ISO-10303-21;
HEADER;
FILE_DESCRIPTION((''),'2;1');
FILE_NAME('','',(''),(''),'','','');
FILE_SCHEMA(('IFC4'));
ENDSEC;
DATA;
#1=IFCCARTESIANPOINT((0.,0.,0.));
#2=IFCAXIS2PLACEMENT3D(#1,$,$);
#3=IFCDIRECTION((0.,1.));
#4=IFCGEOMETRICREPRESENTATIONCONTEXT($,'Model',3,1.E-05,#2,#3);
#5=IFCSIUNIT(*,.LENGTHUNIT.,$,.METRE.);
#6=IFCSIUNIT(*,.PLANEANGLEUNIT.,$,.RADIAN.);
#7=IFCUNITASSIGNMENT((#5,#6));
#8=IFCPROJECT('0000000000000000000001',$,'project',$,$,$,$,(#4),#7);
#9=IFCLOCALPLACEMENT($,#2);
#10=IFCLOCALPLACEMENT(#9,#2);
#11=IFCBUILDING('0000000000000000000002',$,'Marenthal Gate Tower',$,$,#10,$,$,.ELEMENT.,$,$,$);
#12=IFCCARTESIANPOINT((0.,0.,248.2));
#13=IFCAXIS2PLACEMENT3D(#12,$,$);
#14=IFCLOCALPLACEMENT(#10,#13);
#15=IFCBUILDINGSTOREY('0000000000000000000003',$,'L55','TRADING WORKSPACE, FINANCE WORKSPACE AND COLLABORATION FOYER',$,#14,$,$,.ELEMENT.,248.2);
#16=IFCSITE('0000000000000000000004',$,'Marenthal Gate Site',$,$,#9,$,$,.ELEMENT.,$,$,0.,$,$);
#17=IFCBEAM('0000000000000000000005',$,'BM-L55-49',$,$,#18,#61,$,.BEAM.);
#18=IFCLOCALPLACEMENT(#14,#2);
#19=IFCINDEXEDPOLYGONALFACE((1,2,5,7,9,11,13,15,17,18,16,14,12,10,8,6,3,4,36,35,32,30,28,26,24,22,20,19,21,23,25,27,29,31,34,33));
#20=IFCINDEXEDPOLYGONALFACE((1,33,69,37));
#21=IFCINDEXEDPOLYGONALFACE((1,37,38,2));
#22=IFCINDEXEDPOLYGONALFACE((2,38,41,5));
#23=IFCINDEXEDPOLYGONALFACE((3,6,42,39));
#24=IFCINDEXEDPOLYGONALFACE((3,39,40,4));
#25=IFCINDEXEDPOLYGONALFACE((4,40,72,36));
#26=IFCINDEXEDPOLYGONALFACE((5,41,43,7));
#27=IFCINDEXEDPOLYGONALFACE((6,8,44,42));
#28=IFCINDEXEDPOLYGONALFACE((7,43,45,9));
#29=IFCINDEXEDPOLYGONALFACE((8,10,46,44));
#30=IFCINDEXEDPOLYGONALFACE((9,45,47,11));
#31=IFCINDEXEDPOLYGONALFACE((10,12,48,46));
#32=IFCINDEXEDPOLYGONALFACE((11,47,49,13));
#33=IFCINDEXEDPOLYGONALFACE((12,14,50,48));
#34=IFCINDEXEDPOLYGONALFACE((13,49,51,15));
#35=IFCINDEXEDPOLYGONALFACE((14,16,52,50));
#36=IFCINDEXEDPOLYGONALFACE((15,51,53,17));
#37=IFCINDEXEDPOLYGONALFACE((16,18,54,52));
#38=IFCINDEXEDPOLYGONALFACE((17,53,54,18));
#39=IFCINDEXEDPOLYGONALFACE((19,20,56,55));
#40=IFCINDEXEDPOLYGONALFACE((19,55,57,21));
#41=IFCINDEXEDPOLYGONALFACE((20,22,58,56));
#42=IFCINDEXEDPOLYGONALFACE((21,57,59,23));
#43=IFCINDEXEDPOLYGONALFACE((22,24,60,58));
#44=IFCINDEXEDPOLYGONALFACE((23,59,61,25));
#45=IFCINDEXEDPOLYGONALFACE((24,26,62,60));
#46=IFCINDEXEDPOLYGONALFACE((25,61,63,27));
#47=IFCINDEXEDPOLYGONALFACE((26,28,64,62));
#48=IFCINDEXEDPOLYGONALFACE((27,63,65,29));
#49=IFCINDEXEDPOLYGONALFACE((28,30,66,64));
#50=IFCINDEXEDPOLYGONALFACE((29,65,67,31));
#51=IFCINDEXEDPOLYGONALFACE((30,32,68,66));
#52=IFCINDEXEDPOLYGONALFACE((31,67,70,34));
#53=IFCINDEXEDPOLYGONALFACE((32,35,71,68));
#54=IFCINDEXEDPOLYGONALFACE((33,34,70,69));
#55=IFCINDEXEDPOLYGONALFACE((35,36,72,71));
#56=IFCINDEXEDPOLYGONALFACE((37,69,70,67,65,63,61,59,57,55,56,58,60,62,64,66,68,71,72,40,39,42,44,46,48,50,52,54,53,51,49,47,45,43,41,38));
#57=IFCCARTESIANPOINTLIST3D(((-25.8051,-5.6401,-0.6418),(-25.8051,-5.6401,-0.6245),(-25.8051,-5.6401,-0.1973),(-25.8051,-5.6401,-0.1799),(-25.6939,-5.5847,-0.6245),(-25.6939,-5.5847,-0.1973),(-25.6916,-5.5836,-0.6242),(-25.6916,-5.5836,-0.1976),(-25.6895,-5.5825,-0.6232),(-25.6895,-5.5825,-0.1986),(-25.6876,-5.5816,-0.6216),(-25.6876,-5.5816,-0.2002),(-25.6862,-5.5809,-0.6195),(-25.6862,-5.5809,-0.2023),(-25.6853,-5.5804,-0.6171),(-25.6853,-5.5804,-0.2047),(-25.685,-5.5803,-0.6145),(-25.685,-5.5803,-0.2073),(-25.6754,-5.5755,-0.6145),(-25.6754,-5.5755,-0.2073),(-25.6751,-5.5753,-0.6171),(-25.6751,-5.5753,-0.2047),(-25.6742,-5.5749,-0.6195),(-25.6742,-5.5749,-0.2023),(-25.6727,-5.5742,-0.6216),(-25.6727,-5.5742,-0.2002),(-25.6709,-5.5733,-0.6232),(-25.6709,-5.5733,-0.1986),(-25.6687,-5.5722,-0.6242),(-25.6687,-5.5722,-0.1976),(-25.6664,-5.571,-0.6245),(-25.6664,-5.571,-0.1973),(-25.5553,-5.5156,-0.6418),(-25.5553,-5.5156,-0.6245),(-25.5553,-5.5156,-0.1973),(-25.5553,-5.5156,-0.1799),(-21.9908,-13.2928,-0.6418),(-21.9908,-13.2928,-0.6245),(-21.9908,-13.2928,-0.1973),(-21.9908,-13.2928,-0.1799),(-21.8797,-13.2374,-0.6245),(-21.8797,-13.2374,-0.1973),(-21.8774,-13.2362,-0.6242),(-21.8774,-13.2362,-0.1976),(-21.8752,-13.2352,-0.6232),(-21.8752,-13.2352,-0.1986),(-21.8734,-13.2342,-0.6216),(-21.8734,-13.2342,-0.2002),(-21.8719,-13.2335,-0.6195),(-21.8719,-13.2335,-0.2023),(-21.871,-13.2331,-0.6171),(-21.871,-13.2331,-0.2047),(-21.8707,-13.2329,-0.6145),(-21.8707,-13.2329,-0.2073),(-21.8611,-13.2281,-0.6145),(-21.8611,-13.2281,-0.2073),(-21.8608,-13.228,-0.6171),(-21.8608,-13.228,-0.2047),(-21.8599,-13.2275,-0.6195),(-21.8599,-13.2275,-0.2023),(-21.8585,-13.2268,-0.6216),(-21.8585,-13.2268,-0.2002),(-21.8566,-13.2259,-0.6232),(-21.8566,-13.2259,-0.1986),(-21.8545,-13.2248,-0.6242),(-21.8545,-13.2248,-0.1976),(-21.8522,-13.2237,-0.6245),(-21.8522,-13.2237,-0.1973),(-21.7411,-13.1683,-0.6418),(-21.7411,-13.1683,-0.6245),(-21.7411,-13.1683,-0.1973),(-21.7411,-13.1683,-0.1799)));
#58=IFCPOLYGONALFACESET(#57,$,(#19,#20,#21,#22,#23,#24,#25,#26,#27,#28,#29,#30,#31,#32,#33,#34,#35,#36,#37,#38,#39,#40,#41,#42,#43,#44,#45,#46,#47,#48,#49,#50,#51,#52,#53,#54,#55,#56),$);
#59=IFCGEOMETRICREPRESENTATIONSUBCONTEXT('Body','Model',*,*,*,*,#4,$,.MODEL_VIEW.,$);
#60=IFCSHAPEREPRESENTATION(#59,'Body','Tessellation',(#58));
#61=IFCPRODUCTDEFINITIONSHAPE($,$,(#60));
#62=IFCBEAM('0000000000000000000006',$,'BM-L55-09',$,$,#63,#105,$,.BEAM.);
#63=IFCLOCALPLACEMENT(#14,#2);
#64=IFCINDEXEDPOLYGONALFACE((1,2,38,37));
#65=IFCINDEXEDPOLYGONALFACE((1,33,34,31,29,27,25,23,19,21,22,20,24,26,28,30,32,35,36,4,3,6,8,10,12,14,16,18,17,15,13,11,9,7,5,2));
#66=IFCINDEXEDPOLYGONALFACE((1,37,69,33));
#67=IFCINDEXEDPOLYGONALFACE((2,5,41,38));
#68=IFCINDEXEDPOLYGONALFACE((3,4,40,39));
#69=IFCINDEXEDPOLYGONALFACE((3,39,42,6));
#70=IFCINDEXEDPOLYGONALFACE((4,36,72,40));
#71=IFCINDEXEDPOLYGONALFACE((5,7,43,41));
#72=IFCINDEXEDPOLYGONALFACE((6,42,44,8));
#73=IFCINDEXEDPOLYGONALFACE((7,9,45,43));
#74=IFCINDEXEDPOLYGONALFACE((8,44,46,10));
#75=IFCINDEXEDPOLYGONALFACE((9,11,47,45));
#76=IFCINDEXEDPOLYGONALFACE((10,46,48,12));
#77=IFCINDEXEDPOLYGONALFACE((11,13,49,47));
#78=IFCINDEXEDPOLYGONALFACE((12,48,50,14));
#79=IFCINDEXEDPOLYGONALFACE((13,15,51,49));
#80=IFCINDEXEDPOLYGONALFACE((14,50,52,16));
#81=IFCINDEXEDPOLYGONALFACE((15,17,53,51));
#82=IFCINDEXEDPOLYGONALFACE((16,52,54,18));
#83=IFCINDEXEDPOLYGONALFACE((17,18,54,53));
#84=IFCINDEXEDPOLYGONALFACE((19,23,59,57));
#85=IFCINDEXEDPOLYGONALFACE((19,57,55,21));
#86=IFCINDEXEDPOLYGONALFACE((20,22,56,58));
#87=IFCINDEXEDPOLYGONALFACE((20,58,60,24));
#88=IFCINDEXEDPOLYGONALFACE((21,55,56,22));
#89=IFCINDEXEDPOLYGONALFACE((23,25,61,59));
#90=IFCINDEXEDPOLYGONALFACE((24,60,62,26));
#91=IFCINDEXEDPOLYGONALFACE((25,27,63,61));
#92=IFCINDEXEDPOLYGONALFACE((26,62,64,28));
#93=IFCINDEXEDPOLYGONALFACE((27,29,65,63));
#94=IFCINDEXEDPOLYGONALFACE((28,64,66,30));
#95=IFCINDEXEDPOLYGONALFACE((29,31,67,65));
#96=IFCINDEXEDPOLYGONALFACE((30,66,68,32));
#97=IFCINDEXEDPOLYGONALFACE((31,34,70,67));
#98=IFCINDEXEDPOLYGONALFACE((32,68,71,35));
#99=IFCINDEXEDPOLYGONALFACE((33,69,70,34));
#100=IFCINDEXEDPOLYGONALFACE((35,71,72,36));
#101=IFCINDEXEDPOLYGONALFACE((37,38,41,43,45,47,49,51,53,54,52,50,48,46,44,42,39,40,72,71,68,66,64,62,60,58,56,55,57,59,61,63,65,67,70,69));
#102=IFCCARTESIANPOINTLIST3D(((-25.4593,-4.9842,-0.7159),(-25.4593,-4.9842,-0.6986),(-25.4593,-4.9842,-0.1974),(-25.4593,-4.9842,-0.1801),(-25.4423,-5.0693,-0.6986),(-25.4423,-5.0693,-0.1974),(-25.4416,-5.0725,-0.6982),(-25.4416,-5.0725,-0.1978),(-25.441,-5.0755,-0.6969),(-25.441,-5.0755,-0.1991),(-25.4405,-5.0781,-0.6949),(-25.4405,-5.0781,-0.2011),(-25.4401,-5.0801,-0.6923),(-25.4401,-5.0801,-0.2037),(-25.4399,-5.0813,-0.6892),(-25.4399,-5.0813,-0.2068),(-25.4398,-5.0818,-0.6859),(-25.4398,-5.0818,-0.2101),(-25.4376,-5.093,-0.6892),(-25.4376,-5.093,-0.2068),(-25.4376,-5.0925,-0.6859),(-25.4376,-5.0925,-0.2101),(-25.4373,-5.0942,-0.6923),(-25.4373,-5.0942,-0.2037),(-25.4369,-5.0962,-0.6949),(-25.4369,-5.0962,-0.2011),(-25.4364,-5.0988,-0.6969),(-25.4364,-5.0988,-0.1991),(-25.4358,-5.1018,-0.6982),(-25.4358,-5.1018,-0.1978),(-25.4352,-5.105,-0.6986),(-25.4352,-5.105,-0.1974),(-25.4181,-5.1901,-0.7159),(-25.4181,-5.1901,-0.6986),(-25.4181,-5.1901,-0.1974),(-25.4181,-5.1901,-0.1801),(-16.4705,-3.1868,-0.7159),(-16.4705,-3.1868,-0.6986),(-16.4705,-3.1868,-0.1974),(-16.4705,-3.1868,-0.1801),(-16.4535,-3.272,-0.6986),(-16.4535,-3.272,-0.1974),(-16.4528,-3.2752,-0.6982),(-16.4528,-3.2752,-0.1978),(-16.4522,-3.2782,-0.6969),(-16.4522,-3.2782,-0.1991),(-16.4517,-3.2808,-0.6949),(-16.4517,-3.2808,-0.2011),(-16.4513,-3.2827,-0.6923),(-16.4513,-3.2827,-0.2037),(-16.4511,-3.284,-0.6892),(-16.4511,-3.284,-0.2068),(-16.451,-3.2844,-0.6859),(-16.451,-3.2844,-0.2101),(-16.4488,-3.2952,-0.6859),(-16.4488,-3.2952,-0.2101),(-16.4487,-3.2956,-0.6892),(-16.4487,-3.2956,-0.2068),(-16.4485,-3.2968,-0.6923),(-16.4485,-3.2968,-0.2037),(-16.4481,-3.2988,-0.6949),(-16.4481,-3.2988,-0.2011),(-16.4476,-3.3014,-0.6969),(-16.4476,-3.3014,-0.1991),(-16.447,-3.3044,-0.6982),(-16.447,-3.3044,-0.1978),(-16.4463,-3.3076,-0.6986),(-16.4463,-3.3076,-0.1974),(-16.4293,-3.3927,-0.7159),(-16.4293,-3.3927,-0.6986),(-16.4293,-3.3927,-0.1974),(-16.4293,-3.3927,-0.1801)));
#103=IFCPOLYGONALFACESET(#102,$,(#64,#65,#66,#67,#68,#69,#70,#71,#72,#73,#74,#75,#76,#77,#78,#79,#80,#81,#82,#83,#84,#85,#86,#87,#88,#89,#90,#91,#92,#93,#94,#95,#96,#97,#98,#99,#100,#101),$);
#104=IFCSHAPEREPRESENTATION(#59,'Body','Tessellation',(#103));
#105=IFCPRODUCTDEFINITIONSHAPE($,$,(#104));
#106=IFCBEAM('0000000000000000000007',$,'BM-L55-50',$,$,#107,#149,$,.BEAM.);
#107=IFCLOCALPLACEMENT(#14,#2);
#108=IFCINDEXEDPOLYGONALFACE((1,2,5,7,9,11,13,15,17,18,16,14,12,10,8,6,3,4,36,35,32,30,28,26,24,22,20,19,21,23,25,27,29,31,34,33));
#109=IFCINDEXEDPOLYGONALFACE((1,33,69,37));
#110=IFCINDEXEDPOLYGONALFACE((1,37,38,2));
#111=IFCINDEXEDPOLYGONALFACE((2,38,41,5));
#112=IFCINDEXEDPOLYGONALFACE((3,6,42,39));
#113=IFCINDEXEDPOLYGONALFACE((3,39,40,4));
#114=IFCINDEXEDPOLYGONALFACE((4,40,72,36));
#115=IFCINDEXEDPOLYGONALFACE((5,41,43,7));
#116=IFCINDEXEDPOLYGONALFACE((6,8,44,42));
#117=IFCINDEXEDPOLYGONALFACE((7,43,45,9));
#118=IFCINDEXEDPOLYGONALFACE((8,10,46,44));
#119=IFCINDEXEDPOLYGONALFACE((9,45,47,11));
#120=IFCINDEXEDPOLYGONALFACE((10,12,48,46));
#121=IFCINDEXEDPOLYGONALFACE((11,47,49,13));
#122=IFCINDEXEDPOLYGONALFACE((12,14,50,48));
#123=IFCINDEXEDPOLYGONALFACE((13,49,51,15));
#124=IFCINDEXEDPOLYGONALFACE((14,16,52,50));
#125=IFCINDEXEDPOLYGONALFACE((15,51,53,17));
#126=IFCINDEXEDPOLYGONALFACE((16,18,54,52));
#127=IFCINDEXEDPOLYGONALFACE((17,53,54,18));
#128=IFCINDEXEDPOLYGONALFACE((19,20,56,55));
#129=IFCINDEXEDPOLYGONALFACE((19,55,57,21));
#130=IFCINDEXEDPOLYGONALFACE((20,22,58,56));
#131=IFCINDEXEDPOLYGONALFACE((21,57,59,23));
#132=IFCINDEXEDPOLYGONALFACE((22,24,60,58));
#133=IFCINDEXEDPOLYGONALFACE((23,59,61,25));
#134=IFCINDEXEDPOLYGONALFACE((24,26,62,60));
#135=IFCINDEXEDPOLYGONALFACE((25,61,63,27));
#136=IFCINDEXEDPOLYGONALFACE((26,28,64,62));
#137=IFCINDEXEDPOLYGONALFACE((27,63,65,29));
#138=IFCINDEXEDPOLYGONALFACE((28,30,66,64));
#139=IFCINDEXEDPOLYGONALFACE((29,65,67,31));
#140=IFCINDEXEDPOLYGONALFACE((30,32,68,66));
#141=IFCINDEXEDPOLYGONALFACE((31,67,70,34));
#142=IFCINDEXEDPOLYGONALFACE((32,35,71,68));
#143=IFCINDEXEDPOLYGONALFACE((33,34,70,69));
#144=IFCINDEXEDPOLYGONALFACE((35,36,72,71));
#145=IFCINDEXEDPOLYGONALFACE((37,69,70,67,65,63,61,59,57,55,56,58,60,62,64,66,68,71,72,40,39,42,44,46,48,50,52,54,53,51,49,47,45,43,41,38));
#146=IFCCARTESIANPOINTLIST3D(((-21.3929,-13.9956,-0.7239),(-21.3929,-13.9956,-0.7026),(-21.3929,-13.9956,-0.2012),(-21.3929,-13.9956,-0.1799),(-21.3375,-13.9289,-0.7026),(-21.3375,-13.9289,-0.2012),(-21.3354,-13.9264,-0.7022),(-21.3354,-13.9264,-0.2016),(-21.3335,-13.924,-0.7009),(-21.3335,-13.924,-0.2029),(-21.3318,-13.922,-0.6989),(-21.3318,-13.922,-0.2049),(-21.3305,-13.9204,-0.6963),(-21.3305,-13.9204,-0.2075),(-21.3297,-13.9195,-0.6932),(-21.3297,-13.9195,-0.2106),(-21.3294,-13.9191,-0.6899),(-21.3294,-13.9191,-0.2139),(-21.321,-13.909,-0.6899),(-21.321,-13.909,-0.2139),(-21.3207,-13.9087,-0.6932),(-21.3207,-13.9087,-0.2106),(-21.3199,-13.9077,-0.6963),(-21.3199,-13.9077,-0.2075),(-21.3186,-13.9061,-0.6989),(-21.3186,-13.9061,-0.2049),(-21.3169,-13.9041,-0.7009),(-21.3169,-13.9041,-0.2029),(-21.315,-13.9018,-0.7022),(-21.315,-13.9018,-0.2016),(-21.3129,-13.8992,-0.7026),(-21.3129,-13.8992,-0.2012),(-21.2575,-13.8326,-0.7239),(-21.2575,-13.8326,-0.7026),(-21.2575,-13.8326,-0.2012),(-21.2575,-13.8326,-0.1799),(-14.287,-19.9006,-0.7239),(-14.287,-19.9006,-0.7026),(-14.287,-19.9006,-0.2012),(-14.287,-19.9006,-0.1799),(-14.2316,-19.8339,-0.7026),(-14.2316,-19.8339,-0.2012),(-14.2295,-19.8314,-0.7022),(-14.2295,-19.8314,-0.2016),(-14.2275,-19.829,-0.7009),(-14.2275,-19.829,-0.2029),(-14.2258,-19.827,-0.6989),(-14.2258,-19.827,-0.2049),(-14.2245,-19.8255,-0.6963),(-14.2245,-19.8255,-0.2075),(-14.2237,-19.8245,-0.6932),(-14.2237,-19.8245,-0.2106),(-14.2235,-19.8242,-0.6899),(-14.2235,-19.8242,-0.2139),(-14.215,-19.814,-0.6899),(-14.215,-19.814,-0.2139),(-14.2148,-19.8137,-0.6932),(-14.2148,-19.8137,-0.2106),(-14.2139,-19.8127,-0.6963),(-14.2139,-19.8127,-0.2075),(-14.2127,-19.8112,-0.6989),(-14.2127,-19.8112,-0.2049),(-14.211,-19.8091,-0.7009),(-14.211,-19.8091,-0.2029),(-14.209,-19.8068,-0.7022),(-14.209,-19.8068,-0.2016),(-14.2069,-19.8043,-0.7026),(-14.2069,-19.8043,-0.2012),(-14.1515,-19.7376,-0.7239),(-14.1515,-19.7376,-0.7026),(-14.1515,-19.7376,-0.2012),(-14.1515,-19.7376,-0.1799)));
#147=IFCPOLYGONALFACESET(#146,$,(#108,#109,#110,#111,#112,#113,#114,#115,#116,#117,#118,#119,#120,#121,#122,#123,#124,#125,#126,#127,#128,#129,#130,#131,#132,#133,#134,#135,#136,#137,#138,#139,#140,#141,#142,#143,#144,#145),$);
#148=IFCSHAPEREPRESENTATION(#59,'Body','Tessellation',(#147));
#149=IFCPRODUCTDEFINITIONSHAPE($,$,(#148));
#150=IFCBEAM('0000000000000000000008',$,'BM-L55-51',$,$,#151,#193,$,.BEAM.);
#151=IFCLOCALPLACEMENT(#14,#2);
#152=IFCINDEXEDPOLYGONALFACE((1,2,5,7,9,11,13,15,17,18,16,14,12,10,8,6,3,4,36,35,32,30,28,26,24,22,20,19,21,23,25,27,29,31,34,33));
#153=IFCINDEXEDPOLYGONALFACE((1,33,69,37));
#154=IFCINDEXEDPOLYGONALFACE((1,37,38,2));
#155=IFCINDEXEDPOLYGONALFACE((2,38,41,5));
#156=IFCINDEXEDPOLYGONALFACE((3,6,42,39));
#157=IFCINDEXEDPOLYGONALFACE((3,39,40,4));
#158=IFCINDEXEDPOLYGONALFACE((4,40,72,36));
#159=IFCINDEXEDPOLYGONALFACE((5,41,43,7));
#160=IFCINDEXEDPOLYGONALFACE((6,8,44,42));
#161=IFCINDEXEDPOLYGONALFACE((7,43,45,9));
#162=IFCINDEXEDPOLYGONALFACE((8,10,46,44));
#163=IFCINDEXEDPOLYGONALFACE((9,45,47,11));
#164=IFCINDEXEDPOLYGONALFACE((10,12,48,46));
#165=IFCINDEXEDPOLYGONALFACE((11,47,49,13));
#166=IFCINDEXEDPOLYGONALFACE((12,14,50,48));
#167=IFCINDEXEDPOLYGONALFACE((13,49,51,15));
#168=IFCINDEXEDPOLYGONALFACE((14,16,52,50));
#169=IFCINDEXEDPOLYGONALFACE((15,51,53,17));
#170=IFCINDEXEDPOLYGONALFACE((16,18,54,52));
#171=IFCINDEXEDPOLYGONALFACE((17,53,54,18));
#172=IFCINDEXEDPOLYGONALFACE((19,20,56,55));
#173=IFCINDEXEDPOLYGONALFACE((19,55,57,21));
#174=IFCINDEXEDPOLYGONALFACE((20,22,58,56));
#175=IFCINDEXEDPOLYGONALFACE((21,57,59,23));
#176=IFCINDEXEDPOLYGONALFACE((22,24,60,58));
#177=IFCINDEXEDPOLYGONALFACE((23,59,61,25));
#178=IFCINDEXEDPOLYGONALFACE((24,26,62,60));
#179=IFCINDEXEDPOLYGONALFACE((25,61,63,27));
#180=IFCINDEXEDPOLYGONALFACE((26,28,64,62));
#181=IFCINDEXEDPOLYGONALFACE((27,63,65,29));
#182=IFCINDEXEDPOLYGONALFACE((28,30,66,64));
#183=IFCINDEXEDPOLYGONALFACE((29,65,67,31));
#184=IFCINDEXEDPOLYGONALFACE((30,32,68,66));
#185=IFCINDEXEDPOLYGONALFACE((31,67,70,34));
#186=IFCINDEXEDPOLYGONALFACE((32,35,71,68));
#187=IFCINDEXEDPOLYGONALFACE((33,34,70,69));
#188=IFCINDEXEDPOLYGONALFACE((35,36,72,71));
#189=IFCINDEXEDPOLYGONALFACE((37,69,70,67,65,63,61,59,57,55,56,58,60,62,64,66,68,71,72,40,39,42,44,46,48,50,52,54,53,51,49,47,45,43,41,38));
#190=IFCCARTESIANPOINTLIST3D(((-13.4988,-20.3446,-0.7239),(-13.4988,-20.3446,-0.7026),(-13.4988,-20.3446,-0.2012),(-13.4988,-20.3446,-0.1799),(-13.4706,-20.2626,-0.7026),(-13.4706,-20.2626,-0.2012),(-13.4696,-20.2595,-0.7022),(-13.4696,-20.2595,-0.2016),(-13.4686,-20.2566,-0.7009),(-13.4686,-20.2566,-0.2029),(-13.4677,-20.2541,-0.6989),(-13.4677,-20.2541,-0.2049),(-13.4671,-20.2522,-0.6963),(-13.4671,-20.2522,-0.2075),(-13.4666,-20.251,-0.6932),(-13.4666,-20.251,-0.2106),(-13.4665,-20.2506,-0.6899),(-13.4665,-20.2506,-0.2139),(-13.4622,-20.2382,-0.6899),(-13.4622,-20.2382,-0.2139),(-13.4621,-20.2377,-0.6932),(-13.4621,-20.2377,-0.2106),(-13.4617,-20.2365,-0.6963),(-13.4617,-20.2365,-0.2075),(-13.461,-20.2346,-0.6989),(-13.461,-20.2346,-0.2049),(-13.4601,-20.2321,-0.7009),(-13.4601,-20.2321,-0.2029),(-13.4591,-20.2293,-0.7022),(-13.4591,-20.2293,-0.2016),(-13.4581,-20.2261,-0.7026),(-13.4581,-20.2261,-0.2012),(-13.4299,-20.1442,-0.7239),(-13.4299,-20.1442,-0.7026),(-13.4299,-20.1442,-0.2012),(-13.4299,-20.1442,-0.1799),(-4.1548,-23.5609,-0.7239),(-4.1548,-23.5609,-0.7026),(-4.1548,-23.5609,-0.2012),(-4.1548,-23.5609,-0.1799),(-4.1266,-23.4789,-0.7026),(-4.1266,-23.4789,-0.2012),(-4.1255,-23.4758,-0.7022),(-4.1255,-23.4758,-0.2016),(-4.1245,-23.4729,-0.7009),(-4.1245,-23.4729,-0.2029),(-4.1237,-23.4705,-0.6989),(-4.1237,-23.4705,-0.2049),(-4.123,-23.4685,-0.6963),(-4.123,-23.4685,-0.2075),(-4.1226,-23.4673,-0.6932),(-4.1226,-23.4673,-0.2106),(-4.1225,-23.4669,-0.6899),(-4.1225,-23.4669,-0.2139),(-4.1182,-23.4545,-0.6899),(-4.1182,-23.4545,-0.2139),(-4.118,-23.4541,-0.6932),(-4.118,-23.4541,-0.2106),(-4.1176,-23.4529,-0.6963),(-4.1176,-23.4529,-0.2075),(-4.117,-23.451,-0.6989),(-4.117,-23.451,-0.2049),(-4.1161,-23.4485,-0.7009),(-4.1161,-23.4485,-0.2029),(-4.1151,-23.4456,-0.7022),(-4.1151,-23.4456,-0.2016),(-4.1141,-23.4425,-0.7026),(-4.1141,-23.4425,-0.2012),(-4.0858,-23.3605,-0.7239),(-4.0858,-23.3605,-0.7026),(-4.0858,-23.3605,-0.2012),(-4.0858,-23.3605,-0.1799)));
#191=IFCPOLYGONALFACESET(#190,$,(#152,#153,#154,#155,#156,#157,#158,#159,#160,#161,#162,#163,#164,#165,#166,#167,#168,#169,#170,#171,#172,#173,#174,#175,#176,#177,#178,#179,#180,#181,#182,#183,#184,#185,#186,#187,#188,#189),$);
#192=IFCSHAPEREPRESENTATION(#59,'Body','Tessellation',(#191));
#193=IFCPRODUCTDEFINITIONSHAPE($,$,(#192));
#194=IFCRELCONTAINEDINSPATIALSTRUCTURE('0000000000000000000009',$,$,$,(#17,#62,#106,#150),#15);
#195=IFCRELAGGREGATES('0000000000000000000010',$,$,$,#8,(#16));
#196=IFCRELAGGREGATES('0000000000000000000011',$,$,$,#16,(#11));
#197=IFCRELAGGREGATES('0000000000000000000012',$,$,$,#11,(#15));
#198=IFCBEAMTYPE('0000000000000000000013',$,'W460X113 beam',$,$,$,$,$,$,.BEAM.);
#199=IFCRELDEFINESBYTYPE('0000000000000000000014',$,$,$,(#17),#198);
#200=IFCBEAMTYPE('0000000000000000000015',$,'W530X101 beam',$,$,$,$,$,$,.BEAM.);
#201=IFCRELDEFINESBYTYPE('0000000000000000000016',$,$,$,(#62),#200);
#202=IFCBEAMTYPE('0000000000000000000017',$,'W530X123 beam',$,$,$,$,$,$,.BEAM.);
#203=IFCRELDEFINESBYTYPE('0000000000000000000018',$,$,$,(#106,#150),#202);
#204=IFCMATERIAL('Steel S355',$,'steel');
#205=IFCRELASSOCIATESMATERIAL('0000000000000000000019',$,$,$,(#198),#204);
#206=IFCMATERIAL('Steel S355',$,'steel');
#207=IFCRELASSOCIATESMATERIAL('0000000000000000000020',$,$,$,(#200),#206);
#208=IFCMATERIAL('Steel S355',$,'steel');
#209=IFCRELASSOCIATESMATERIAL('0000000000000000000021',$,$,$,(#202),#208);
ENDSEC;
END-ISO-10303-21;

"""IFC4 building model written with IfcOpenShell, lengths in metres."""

from ifc_helpers import new_model, si_unit, direction, frame, origin, origin_2d, place, context, subcontext, project, spatial, i_section, extrude, material, material_profile, profile_set, type_object, element, save


model = new_model("IFC4")

# Units and contexts
model_context = context("Model", 3, precision=1e-05, world=origin(), true_north=direction((0.0, 1.0)))
body_context = subcontext(model_context, "Body", "Model", "MODEL_VIEW")
ifc_project = project(units=[si_unit("LENGTHUNIT", "METRE"), si_unit("PLANEANGLEUNIT", "RADIAN")], contexts=[model_context])

# Site, building, storey
site_placement = place(None, origin())
site = spatial("IfcSite", under=ifc_project, at=site_placement, Name="Marenthal Gate Site", CompositionType="ELEMENT", RefElevation=0.0)
building_placement = place(site_placement, origin())
building = spatial("IfcBuilding", under=site, at=building_placement, Name="Marenthal Gate Tower", CompositionType="ELEMENT")
storey_placement = place(building_placement, frame((0.0, 0.0, 248.2)))
storey = spatial("IfcBuildingStorey", under=building, at=storey_placement, Name="L55", Description="TRADING WORKSPACE, FINANCE WORKSPACE AND COLLABORATION FOYER", CompositionType="ELEMENT", Elevation=248.2)

# Beams
ifc_material_1 = material(Name="Steel S355", Category="steel")
ifc_material_profile_1 = material_profile(ifc_material_1, i_section(OverallWidth=0.2791, OverallDepth=0.4619, WebThickness=0.0107, FlangeThickness=0.0173, FilletRadius=0.01, at=origin_2d()), Name="W460X113")
ifc_profile_set_1 = profile_set([ifc_material_profile_1], Name="Steel S355")
beam_type_1 = type_object("IfcBeamType", Name="W460X113 beam", PredefinedType="BEAM", material=ifc_profile_set_1)
beam_1_placement = place(storey_placement, frame((-25.6802, -5.5779, -0.4109), z_axis=(0.446083, -0.894992, 0.0), x_axis=(0.894992, 0.446083, 0.0)))
element("IfcBeam", 1, at=beam_1_placement, inside=storey, type_object=beam_type_1, Name="BM-L55-49", PredefinedType="BEAM", context=body_context, shape_type="SweptSolid", body=[
    extrude(i_section(OverallWidth=0.2791, OverallDepth=0.4619, WebThickness=0.0107, FlangeThickness=0.0173, FilletRadius=0.01, at=origin_2d()), origin(), (0.0, 0.0, 1.0), 8.5505),
])
ifc_material_2 = material(Name="Steel S355", Category="steel")
ifc_material_profile_2 = material_profile(ifc_material_2, i_section(OverallWidth=0.21, OverallDepth=0.5359, WebThickness=0.011, FlangeThickness=0.0173, FilletRadius=0.0127, at=origin_2d()), Name="W530X101")
ifc_profile_set_2 = profile_set([ifc_material_profile_2], Name="Steel S355")
beam_type_2 = type_object("IfcBeamType", Name="W530X101 beam", PredefinedType="BEAM", material=ifc_profile_set_2)
beam_2_placement = place(storey_placement, frame((-25.4387, -5.0872, -0.448), z_axis=(0.980589, 0.196075, 0.0), x_axis=(-0.196075, 0.980589, 0.0)))
element("IfcBeam", 2, at=beam_2_placement, inside=storey, type_object=beam_type_2, Name="BM-L55-09", PredefinedType="BEAM", context=body_context, shape_type="SweptSolid", body=[
    extrude(i_section(OverallWidth=0.21, OverallDepth=0.5359, WebThickness=0.011, FlangeThickness=0.0173, FilletRadius=0.0127, at=origin_2d()), origin(), (0.0, 0.0, 1.0), 9.1667),
])
ifc_material_3 = material(Name="Steel S355", Category="steel")
ifc_material_profile_3 = material_profile(ifc_material_3, i_section(OverallWidth=0.2119, OverallDepth=0.5439, WebThickness=0.0132, FlangeThickness=0.0212, FilletRadius=0.0127, at=origin_2d()), Name="W530X123")
ifc_profile_set_3 = profile_set([ifc_material_profile_3], Name="Steel S355")
beam_type_3 = type_object("IfcBeamType", Name="W530X123 beam", PredefinedType="BEAM", material=ifc_profile_set_3)
beam_3_placement = place(storey_placement, frame((-21.3252, -13.9141, -0.4519), z_axis=(0.769104, -0.639123, 0.0), x_axis=(0.639123, 0.769104, 0.0)))
element("IfcBeam", 3, at=beam_3_placement, inside=storey, type_object=beam_type_3, Name="BM-L55-50", PredefinedType="BEAM", context=body_context, shape_type="SweptSolid", body=[
    extrude(i_section(OverallWidth=0.2119, OverallDepth=0.5439, WebThickness=0.0132, FlangeThickness=0.0212, FilletRadius=0.0127, at=origin_2d()), origin(), (0.0, 0.0, 1.0), 9.2393),
])
beam_4_placement = place(storey_placement, frame((-13.4644, -20.2444, -0.4519), z_axis=(0.945552, -0.32547, 0.0), x_axis=(0.32547, 0.945552, 0.0)))
element("IfcBeam", 4, at=beam_4_placement, inside=storey, type_object=beam_type_3, Name="BM-L55-51", PredefinedType="BEAM", context=body_context, shape_type="SweptSolid", body=[
    extrude(i_section(OverallWidth=0.2119, OverallDepth=0.5439, WebThickness=0.0132, FlangeThickness=0.0212, FilletRadius=0.0127, at=origin_2d()), origin(), (0.0, 0.0, 1.0), 9.8821),
])

save(model, "model.ifc")
